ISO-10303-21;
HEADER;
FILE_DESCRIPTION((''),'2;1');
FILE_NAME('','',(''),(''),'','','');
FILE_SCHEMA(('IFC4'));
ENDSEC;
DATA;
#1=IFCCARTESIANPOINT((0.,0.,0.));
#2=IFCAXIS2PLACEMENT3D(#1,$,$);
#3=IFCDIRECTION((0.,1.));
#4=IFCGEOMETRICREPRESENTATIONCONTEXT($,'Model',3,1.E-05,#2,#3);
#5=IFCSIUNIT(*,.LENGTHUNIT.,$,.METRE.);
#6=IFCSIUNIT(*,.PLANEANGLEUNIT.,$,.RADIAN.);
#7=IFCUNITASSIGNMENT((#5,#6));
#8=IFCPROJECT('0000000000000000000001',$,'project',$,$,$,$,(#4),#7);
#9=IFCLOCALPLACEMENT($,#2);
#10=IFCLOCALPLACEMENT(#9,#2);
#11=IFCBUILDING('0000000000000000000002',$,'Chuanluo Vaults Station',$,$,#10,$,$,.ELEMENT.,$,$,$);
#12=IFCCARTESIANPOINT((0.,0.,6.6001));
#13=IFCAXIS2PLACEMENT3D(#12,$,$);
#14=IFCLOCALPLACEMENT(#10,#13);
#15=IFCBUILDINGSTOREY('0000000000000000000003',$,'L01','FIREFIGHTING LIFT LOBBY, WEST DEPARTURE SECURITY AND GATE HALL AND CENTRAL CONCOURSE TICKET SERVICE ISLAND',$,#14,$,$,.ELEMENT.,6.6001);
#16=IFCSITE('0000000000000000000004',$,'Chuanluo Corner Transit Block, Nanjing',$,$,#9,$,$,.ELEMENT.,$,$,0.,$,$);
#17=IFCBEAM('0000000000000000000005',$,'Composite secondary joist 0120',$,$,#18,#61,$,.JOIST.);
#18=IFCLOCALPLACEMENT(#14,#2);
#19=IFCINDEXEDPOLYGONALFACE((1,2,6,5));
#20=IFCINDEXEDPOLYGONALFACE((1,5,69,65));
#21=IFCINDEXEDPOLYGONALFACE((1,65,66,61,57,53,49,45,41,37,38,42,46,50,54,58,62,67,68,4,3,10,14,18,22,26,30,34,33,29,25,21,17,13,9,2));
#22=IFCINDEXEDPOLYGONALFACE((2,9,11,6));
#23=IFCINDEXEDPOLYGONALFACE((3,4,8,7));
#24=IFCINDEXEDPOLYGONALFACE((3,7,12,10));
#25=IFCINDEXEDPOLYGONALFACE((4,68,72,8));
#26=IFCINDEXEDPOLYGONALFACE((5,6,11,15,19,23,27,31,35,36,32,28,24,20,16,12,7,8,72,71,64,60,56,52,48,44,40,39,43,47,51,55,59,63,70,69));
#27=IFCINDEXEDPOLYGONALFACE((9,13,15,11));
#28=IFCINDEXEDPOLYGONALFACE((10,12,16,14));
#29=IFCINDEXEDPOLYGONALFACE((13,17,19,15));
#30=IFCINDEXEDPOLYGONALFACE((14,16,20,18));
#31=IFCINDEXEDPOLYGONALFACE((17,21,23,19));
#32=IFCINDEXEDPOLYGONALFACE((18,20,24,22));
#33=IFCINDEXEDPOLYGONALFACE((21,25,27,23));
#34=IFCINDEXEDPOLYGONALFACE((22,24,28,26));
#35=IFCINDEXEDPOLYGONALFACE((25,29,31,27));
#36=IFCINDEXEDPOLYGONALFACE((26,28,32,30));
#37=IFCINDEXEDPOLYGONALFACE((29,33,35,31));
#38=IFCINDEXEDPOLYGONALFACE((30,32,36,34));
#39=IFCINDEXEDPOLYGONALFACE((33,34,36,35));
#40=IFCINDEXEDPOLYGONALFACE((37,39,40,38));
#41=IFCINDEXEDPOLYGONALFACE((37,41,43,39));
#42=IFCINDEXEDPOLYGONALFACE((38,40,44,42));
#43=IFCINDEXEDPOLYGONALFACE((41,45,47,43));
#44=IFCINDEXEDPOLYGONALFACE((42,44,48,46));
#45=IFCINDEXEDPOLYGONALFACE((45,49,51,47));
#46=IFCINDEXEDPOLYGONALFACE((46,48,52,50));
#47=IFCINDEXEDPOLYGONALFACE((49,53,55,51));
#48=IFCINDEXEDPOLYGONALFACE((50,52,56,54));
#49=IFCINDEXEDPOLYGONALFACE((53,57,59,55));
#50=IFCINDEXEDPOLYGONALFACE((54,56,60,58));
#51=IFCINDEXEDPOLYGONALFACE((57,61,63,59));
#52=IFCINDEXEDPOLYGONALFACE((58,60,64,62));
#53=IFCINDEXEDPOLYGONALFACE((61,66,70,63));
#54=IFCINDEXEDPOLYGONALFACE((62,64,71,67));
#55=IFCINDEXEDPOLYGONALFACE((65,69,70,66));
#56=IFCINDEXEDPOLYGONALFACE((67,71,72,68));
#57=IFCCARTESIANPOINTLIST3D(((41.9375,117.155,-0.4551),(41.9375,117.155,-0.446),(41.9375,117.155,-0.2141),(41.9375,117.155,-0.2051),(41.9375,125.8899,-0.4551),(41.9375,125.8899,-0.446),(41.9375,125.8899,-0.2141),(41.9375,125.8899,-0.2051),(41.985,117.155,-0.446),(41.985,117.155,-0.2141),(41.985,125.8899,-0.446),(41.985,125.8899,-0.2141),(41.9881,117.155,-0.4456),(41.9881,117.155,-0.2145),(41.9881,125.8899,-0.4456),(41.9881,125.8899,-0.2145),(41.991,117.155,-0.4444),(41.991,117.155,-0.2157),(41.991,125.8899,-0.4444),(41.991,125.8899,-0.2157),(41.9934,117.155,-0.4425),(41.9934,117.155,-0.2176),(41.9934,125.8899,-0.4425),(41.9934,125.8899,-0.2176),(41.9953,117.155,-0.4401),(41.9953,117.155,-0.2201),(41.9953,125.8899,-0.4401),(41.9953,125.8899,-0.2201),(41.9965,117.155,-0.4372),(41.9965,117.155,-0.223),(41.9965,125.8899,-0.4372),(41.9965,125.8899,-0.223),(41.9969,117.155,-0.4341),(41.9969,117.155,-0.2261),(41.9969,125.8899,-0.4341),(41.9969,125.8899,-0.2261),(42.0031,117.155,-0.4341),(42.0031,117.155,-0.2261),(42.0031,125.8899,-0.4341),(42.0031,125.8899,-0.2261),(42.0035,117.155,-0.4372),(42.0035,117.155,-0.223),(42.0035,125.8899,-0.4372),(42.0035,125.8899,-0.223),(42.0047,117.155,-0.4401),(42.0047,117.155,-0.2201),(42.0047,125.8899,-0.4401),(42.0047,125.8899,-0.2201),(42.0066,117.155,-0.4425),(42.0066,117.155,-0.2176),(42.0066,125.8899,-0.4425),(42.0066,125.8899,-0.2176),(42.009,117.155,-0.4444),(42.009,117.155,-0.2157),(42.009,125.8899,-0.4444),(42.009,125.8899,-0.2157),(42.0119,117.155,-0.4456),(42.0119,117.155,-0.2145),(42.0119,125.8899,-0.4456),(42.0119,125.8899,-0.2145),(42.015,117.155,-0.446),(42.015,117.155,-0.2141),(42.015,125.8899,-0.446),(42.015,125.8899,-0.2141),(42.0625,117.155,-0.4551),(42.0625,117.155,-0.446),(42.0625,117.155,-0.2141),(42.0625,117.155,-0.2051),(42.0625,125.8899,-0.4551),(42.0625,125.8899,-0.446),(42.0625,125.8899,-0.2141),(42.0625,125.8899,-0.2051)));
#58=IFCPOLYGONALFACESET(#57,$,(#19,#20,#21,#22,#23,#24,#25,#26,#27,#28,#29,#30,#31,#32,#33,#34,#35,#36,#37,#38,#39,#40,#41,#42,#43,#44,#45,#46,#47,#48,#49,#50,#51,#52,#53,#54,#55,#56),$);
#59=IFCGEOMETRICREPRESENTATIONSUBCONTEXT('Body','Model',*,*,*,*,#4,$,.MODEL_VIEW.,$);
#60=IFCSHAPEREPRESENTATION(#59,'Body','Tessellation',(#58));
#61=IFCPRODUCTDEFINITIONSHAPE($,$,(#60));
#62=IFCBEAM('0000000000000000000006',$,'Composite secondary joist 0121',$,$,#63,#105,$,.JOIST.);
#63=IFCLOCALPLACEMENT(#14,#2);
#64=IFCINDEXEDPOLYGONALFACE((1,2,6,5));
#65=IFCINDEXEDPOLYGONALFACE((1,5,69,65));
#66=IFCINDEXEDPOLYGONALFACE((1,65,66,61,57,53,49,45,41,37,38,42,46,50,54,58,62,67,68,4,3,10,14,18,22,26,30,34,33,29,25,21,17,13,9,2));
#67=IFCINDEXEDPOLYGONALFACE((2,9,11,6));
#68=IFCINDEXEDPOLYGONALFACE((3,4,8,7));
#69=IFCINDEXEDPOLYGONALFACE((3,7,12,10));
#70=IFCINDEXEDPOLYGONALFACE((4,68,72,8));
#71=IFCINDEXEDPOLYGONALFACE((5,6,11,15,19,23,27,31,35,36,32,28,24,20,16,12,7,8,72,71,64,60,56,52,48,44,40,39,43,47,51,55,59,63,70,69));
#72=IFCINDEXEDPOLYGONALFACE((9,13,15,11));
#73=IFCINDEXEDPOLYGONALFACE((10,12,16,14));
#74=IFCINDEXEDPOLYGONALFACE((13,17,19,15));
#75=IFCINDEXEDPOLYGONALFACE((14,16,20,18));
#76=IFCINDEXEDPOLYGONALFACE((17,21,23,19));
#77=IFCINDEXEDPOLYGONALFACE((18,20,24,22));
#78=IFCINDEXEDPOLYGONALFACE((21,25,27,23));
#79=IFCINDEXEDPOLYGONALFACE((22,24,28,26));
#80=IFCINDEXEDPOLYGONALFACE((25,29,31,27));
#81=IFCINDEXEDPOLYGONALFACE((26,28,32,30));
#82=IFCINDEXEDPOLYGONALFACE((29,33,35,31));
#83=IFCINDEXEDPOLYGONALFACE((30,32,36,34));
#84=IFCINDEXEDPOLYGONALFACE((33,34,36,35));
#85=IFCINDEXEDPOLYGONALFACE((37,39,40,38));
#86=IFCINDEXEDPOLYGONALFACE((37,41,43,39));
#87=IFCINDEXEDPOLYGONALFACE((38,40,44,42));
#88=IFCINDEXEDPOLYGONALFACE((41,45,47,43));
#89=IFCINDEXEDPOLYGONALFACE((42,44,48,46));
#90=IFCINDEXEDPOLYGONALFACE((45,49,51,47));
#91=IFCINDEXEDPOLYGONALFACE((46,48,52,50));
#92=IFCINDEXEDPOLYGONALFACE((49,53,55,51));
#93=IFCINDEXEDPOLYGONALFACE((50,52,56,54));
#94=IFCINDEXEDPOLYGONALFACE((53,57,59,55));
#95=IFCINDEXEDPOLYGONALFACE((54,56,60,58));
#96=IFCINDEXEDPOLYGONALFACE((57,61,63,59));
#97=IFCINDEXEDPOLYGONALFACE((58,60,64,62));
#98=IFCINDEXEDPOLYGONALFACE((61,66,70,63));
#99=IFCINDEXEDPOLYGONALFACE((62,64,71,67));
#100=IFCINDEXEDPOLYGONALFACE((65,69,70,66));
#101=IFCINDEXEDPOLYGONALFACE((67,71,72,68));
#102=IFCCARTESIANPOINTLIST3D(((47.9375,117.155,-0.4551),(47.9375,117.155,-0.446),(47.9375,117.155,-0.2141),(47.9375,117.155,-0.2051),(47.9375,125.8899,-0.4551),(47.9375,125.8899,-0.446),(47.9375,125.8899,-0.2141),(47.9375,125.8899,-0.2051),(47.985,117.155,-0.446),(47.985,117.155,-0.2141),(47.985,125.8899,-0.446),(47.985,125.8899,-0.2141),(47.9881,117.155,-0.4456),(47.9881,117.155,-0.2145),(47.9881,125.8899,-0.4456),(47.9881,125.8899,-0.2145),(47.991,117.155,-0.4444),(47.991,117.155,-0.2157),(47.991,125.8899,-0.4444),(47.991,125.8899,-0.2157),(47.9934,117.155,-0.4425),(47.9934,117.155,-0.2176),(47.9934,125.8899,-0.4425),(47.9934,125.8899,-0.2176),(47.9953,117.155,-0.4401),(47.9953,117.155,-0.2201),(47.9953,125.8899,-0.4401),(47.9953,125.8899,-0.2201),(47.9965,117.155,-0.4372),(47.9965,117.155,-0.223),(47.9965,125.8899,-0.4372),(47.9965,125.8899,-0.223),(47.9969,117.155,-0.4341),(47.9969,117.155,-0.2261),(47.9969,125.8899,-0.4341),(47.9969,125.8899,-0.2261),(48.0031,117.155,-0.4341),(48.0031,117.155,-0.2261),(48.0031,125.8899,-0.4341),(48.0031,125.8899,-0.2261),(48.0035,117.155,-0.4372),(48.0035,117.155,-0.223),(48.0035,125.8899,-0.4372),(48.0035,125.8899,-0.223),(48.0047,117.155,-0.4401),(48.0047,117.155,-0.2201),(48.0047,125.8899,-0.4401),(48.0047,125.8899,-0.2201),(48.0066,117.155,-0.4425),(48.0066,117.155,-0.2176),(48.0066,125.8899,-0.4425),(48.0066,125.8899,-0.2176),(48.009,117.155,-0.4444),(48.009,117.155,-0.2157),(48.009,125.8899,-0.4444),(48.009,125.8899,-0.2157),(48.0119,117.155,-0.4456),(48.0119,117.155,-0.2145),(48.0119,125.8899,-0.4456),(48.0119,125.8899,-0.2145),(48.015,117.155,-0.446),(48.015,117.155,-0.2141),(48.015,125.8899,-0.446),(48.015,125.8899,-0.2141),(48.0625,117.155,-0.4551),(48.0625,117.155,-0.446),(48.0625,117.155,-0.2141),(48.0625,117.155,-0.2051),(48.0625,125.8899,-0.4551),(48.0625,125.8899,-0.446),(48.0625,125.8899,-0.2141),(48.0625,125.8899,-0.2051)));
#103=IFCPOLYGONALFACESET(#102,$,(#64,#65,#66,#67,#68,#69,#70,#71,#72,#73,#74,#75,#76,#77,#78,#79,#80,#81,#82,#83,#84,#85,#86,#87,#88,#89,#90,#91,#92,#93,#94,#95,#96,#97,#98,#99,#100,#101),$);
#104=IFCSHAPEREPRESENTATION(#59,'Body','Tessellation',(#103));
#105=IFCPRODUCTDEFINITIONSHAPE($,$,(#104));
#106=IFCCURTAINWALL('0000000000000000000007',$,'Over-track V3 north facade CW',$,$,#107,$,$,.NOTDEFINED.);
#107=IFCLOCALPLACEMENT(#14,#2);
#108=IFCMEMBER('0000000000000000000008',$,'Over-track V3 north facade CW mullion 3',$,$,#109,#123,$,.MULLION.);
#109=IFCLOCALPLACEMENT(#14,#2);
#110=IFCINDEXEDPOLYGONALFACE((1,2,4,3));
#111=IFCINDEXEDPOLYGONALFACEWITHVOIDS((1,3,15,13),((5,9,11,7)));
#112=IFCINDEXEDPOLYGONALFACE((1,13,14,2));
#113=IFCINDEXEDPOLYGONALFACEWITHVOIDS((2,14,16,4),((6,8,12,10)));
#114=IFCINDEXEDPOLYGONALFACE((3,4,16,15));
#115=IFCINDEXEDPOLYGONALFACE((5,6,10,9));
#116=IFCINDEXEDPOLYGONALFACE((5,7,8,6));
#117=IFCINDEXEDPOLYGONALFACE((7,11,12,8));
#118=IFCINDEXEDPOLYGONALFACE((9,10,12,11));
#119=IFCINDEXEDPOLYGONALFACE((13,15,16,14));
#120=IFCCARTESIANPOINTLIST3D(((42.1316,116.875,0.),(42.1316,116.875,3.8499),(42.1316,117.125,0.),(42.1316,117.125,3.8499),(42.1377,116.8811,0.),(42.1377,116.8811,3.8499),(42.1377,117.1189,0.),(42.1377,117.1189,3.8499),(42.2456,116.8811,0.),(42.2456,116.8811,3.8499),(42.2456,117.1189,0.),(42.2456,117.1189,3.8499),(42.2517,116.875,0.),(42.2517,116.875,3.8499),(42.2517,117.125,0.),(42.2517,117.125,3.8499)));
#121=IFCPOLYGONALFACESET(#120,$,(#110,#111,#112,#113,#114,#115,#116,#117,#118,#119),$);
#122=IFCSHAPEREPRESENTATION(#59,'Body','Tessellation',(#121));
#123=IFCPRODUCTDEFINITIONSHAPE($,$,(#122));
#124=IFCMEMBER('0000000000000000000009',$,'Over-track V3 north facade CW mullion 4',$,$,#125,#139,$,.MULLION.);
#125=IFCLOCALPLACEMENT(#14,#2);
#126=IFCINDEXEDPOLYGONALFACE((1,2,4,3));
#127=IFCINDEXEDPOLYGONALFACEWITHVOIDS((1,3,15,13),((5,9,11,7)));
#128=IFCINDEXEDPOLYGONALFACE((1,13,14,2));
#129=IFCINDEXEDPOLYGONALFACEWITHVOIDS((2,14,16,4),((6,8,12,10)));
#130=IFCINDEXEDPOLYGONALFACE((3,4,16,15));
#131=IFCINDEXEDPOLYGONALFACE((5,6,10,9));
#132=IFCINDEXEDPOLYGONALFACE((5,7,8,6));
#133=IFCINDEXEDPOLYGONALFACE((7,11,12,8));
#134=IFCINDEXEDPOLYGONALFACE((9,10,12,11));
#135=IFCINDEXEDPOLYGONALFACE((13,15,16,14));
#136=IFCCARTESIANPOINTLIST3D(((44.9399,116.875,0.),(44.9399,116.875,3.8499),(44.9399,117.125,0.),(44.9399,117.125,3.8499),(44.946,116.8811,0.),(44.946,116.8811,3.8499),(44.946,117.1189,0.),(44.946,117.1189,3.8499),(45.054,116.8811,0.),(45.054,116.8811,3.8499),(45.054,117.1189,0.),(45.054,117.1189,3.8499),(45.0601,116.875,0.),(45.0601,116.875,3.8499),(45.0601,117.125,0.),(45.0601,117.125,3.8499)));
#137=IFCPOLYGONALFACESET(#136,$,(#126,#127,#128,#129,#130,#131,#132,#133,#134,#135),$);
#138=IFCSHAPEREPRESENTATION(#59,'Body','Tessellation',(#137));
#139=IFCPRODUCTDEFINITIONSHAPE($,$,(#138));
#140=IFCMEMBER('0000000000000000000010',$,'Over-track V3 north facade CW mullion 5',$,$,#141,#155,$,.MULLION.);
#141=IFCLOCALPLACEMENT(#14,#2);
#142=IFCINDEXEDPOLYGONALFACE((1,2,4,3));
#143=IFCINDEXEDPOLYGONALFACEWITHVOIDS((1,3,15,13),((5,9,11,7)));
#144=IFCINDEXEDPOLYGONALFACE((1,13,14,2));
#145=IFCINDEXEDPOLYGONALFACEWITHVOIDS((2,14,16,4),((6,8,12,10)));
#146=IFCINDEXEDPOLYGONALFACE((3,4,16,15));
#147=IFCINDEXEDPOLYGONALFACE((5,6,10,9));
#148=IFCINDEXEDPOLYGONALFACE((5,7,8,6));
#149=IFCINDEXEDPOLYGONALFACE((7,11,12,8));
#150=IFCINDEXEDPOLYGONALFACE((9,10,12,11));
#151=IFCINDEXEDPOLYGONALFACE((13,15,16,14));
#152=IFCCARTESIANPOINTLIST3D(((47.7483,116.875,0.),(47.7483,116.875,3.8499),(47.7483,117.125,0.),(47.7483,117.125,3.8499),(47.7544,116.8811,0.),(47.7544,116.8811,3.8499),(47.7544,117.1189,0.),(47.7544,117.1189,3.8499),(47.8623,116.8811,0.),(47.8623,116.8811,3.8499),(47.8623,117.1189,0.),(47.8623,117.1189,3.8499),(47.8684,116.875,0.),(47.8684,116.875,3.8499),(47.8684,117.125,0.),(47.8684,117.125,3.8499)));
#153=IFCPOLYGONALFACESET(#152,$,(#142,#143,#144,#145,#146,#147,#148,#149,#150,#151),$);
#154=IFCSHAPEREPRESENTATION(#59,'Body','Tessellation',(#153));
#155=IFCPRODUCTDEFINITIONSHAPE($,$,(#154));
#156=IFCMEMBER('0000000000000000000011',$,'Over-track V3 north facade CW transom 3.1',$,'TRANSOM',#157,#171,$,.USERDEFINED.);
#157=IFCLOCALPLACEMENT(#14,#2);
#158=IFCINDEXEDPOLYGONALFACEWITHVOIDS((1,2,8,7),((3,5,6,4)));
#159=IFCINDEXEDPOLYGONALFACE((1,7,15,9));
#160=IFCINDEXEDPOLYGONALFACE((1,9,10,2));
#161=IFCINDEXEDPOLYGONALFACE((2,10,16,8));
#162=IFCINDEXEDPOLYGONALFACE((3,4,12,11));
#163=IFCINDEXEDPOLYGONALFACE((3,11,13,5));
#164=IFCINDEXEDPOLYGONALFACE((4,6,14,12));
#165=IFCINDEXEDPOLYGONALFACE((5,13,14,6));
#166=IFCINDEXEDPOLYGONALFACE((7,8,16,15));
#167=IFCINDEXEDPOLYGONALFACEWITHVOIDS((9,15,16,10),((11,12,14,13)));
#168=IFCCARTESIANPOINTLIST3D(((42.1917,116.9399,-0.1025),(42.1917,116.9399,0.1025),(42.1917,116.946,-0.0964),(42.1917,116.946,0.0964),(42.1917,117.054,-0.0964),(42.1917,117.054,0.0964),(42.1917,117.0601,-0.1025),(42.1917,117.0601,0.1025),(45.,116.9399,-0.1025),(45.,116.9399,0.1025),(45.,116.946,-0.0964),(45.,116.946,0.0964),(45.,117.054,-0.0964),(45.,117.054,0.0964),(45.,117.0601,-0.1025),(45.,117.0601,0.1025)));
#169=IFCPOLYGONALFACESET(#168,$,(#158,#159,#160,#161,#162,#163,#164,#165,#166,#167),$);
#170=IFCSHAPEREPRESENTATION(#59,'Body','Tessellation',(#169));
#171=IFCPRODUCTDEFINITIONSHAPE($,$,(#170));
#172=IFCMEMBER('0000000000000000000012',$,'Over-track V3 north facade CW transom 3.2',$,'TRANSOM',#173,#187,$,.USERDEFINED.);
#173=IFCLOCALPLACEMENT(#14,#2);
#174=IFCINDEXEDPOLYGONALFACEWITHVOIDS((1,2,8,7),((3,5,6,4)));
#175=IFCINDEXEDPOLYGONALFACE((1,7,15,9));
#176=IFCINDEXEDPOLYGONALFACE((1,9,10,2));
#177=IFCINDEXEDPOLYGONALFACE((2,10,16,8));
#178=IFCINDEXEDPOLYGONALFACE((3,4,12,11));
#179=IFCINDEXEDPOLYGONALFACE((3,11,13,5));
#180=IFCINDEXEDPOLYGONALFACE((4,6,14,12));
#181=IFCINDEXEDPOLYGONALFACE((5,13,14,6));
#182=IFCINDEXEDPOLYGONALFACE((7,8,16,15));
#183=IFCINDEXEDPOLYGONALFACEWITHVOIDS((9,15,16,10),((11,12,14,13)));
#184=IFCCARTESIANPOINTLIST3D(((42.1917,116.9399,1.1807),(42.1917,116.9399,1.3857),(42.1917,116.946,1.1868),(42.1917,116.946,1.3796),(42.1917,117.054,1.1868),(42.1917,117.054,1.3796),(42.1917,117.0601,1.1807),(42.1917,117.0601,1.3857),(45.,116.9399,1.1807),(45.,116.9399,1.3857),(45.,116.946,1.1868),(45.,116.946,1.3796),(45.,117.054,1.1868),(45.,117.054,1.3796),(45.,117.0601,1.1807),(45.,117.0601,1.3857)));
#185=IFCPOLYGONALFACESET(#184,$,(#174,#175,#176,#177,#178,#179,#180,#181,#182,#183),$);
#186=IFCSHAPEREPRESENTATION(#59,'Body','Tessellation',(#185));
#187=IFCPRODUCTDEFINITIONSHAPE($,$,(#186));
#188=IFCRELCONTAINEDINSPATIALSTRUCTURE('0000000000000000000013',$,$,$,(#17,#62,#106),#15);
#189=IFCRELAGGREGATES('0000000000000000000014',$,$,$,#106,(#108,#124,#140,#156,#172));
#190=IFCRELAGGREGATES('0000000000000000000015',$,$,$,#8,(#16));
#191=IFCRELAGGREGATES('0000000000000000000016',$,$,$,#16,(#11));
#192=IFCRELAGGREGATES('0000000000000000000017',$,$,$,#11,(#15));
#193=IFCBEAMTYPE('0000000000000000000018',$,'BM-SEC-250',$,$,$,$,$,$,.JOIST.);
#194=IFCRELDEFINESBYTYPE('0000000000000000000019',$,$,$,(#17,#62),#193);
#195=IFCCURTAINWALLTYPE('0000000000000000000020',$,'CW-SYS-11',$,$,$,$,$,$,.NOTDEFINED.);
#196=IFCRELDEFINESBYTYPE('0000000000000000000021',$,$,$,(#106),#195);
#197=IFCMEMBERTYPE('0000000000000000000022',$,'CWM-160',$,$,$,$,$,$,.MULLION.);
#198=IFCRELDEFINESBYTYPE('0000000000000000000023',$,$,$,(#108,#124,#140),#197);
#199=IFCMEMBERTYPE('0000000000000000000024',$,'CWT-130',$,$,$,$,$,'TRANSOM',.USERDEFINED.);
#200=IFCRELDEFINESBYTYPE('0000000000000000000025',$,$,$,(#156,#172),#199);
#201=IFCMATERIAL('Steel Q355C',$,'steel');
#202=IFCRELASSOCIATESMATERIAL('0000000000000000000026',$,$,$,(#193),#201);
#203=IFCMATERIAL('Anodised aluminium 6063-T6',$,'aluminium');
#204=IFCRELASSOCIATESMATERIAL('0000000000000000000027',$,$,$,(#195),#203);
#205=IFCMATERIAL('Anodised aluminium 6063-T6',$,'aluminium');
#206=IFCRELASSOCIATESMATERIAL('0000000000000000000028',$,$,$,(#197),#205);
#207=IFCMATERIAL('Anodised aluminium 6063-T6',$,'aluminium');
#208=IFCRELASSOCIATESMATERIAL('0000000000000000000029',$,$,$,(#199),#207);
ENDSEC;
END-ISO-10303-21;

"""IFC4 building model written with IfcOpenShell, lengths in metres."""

from ifc_helpers import new_model, si_unit, direction, frame, origin, origin_2d, place, context, subcontext, project, spatial, hollow_rectangle, i_section, extrude, material, material_profile, profile_set, type_object, element, aggregate, save


model = new_model("IFC4")

# Units and contexts
model_context = context("Model", 3, precision=1e-05, world=origin(), true_north=direction((0.0, 1.0)))
body_context = subcontext(model_context, "Body", "Model", "MODEL_VIEW")
ifc_project = project(units=[si_unit("LENGTHUNIT", "METRE"), si_unit("PLANEANGLEUNIT", "RADIAN")], contexts=[model_context])

# Site, building, storey
site_placement = place(None, origin())
site = spatial("IfcSite", under=ifc_project, at=site_placement, Name="Chuanluo Corner Transit Block, Nanjing", CompositionType="ELEMENT", RefElevation=0.0)
building_placement = place(site_placement, origin())
building = spatial("IfcBuilding", under=site, at=building_placement, Name="Chuanluo Vaults Station", CompositionType="ELEMENT")
storey_placement = place(building_placement, frame((0.0, 0.0, 6.6001)))
storey = spatial("IfcBuildingStorey", under=building, at=storey_placement, Name="L01", Description="FIREFIGHTING LIFT LOBBY, WEST DEPARTURE SECURITY AND GATE HALL AND CENTRAL CONCOURSE TICKET SERVICE ISLAND", CompositionType="ELEMENT", Elevation=6.6001)

# Beams
ifc_material_1 = material(Name="Steel Q355C", Category="steel")
ifc_material_profile_1 = material_profile(ifc_material_1, i_section(OverallWidth=0.125, OverallDepth=0.25, WebThickness=0.0061, FlangeThickness=0.009, FilletRadius=0.012, at=origin_2d()))
ifc_profile_set_1 = profile_set([ifc_material_profile_1], Name="Steel Q355C")
beam_type = type_object("IfcBeamType", Name="BM-SEC-250", PredefinedType="JOIST", material=ifc_profile_set_1)
for number, where, z_axis, x_axis, name in (
    (1, (42.0, 117.155, -0.3301), (0.0, 1.0, 0.0), (-1.0, 0.0, 0.0), "Composite secondary joist 0120"),
    (2, (48.0, 117.155, -0.3301), (0.0, 1.0, 0.0), (-1.0, 0.0, 0.0), "Composite secondary joist 0121"),
):
    element("IfcBeam", number, at=place(storey_placement, frame(where, z_axis=z_axis, x_axis=x_axis)), inside=storey, type_object=beam_type, Name=name, PredefinedType="JOIST", context=body_context, shape_type="SweptSolid", body=[
        extrude(i_section(OverallWidth=0.125, OverallDepth=0.25, WebThickness=0.0061, FlangeThickness=0.009, FilletRadius=0.012, at=origin_2d()), origin(), (0.0, 0.0, 1.0), 8.7349),
    ])

# Curtain wall, members
ifc_material_2 = material(Name="Anodised aluminium 6063-T6", Category="aluminium")
curtain_wall_type = type_object("IfcCurtainWallType", Name="CW-SYS-11", PredefinedType="NOTDEFINED", material=ifc_material_2)
curtain_wall_placement = place(storey_placement, origin())
curtain_wall = element("IfcCurtainWall", 3, at=curtain_wall_placement, inside=storey, type_object=curtain_wall_type, Name="Over-track V3 north facade CW", PredefinedType="NOTDEFINED")
ifc_material_3 = material(Name="Anodised aluminium 6063-T6", Category="aluminium")
ifc_material_profile_2 = material_profile(ifc_material_3, hollow_rectangle(XDim=0.1201, YDim=0.25, WallThickness=0.0061, at=origin_2d()))
ifc_profile_set_2 = profile_set([ifc_material_profile_2], Name="Anodised aluminium 6063-T6")
member_type_1 = type_object("IfcMemberType", Name="CWM-160", PredefinedType="MULLION", material=ifc_profile_set_2)
member_1_placement = place(storey_placement, frame((42.1917, 117.0, 0.0), z_axis=(0.0, 0.0, 1.0), x_axis=(1.0, 0.0, 0.0)))
member_1 = element("IfcMember", 4, at=member_1_placement, type_object=member_type_1, Name="Over-track V3 north facade CW mullion 3", PredefinedType="MULLION", context=body_context, shape_type="SweptSolid", body=[
    extrude(hollow_rectangle(XDim=0.1201, YDim=0.25, WallThickness=0.0061, at=origin_2d()), origin(), (0.0, 0.0, 1.0), 3.8499),
])
member_2_placement = place(storey_placement, frame((45.0, 117.0, 0.0), z_axis=(0.0, 0.0, 1.0), x_axis=(1.0, 0.0, 0.0)))
member_2 = element("IfcMember", 5, at=member_2_placement, type_object=member_type_1, Name="Over-track V3 north facade CW mullion 4", PredefinedType="MULLION", context=body_context, shape_type="SweptSolid", body=[
    extrude(hollow_rectangle(XDim=0.1201, YDim=0.25, WallThickness=0.0061, at=origin_2d()), origin(), (0.0, 0.0, 1.0), 3.8499),
])
member_3_placement = place(storey_placement, frame((47.8083, 117.0, 0.0), z_axis=(0.0, 0.0, 1.0), x_axis=(1.0, 0.0, 0.0)))
member_3 = element("IfcMember", 6, at=member_3_placement, type_object=member_type_1, Name="Over-track V3 north facade CW mullion 5", PredefinedType="MULLION", context=body_context, shape_type="SweptSolid", body=[
    extrude(hollow_rectangle(XDim=0.1201, YDim=0.25, WallThickness=0.0061, at=origin_2d()), origin(), (0.0, 0.0, 1.0), 3.8499),
])
ifc_material_4 = material(Name="Anodised aluminium 6063-T6", Category="aluminium")
ifc_material_profile_3 = material_profile(ifc_material_4, hollow_rectangle(XDim=0.1201, YDim=0.2051, WallThickness=0.0061, at=origin_2d()))
ifc_profile_set_3 = profile_set([ifc_material_profile_3], Name="Anodised aluminium 6063-T6")
member_type_2 = type_object("IfcMemberType", Name="CWT-130", ElementType="TRANSOM", PredefinedType="USERDEFINED", material=ifc_profile_set_3)
member_4_placement = place(storey_placement, frame((42.1917, 117.0, 0.0), z_axis=(1.0, 0.0, 0.0), x_axis=(0.0, 1.0, 0.0)))
member_4 = element("IfcMember", 7, at=member_4_placement, type_object=member_type_2, Name="Over-track V3 north facade CW transom 3.1", ObjectType="TRANSOM", PredefinedType="USERDEFINED", context=body_context, shape_type="SweptSolid", body=[
    extrude(hollow_rectangle(XDim=0.1201, YDim=0.2051, WallThickness=0.0061, at=origin_2d()), origin(), (0.0, 0.0, 1.0), 2.8083),
])
member_5_placement = place(storey_placement, frame((42.1917, 117.0, 1.2832), z_axis=(1.0, 0.0, 0.0), x_axis=(0.0, 1.0, 0.0)))
member_5 = element("IfcMember", 8, at=member_5_placement, type_object=member_type_2, Name="Over-track V3 north facade CW transom 3.2", ObjectType="TRANSOM", PredefinedType="USERDEFINED", context=body_context, shape_type="SweptSolid", body=[
    extrude(hollow_rectangle(XDim=0.1201, YDim=0.2051, WallThickness=0.0061, at=origin_2d()), origin(), (0.0, 0.0, 1.0), 2.8083),
])
aggregate(curtain_wall, [member_1, member_2, member_3, member_4, member_5])

save(model, "model.ifc")
